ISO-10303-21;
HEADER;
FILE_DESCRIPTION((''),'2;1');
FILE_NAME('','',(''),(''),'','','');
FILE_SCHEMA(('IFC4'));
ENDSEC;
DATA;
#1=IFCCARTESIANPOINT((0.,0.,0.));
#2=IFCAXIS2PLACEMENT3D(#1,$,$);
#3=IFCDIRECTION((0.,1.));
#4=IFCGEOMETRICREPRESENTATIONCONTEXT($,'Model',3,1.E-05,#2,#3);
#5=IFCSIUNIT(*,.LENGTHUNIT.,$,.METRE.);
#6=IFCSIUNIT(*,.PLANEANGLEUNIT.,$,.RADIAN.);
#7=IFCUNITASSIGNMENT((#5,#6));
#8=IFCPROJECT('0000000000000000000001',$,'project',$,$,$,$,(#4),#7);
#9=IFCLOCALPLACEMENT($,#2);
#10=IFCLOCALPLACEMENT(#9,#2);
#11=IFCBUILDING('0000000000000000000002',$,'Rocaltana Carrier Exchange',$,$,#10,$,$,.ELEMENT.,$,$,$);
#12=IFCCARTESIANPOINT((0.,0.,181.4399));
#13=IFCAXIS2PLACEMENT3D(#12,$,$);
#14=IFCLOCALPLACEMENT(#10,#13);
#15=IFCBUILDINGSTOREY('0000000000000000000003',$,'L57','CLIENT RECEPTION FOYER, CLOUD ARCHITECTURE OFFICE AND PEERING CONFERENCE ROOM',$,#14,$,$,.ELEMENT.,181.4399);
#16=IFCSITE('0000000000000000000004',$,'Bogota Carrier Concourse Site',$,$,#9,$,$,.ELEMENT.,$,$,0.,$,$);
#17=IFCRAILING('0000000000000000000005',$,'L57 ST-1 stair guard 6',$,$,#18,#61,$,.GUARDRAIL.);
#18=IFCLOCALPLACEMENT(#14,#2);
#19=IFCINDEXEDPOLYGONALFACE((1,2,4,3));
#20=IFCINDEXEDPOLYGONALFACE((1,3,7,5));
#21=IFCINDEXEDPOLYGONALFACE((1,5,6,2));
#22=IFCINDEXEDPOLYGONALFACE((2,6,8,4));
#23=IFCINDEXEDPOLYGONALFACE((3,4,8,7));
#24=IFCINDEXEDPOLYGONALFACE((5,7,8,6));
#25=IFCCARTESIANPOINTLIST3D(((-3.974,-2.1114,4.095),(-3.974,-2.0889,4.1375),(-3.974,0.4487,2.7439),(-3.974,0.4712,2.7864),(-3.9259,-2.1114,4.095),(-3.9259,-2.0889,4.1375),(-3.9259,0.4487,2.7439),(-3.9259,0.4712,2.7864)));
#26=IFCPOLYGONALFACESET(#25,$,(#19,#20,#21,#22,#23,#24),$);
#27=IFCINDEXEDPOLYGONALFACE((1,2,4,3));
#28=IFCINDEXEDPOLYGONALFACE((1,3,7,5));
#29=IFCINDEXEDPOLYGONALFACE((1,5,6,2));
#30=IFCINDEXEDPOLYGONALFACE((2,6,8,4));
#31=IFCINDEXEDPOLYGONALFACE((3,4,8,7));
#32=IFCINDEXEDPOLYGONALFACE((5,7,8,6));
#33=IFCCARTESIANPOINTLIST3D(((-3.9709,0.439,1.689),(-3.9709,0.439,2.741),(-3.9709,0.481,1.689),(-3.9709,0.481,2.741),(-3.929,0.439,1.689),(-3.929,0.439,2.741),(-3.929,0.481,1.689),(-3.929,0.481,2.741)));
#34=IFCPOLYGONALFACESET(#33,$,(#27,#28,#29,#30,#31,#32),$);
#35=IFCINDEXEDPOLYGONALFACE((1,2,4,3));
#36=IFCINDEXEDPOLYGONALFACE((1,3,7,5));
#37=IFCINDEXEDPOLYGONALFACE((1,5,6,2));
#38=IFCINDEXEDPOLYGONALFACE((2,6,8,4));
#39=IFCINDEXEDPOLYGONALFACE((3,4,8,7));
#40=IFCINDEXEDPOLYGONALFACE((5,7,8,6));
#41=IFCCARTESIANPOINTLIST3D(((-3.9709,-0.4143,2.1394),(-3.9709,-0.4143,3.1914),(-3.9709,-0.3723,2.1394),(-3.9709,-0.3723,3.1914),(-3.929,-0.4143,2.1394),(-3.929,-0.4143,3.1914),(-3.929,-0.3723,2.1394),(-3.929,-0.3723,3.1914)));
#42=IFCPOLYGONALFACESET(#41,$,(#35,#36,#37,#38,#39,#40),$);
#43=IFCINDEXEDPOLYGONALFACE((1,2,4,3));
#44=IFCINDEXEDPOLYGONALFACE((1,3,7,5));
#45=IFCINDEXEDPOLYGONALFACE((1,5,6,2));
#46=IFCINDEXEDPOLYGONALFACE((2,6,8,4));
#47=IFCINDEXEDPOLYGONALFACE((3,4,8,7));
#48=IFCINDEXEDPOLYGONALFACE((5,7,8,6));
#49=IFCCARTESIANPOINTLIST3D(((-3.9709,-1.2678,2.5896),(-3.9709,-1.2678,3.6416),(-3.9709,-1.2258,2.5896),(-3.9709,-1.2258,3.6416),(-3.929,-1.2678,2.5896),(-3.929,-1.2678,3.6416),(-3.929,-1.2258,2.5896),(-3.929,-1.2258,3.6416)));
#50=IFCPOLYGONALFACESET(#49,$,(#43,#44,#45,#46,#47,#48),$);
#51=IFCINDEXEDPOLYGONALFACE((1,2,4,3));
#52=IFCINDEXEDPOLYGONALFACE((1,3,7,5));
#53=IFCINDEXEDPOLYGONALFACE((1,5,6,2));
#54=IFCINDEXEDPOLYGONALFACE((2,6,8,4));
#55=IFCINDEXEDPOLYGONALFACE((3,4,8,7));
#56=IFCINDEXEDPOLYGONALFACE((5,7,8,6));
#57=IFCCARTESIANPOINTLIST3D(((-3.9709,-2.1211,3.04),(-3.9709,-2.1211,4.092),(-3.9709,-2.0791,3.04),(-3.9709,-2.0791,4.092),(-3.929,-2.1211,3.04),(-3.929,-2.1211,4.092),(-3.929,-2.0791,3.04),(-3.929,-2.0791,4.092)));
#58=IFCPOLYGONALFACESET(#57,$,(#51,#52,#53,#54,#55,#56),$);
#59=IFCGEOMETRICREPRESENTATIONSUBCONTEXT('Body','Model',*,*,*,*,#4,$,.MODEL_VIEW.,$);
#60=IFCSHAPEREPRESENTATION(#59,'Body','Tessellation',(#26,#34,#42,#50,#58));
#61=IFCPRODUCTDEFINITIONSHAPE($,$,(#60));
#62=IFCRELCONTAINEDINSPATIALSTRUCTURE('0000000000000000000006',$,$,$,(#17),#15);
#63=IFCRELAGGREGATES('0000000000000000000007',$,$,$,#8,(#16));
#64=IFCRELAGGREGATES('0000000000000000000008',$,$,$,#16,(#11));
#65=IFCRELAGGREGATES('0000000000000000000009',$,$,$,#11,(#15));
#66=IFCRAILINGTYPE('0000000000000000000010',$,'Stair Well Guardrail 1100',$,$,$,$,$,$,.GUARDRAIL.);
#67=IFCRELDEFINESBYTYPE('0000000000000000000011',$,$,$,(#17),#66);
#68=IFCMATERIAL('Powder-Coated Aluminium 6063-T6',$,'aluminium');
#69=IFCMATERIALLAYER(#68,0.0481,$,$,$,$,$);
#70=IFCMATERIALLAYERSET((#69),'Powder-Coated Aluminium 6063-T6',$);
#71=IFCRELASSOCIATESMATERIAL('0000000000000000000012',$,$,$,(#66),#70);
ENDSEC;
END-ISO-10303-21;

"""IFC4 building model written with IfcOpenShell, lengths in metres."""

from ifc_helpers import new_model, si_unit, direction, frame, origin, origin_2d, place, context, subcontext, project, spatial, rectangle, extrude, material, layer, layer_set, type_object, element, save


model = new_model("IFC4")

# Units and contexts
model_context = context("Model", 3, precision=1e-05, world=origin(), true_north=direction((0.0, 1.0)))
body_context = subcontext(model_context, "Body", "Model", "MODEL_VIEW")
ifc_project = project(units=[si_unit("LENGTHUNIT", "METRE"), si_unit("PLANEANGLEUNIT", "RADIAN")], contexts=[model_context])

# Site, building, storey
site_placement = place(None, origin())
site = spatial("IfcSite", under=ifc_project, at=site_placement, Name="Bogota Carrier Concourse Site", CompositionType="ELEMENT", RefElevation=0.0)
building_placement = place(site_placement, origin())
building = spatial("IfcBuilding", under=site, at=building_placement, Name="Rocaltana Carrier Exchange", CompositionType="ELEMENT")
storey_placement = place(building_placement, frame((0.0, 0.0, 181.4399)))
storey = spatial("IfcBuildingStorey", under=building, at=storey_placement, Name="L57", Description="CLIENT RECEPTION FOYER, CLOUD ARCHITECTURE OFFICE AND PEERING CONFERENCE ROOM", CompositionType="ELEMENT", Elevation=181.4399)

# Railing
ifc_material_1 = material(Name="Powder-Coated Aluminium 6063-T6", Category="aluminium")
ifc_layer_1 = layer(ifc_material_1, 0.0481)
ifc_layer_set_1 = layer_set([ifc_layer_1], Name="Powder-Coated Aluminium 6063-T6")
railing_type_1 = type_object("IfcRailingType", Name="Stair Well Guardrail 1100", PredefinedType="GUARDRAIL", material=ifc_layer_set_1)
railing_1_placement = place(storey_placement, frame((-3.95, 0.46, 1.689)))
element("IfcRailing", 1, at=railing_1_placement, inside=storey, type_object=railing_type_1, Name="L57 ST-1 stair guard 6", PredefinedType="GUARDRAIL", context=body_context, shape_type="SweptSolid", body=[
    extrude(rectangle(XDim=0.0481, YDim=0.0481, at=origin_2d()), frame((0.0, 0.0, 1.0762), z_axis=(0.0, -0.884394, 0.46674), x_axis=(1.0, 0.0, 0.0)), (0.0, 0.0, 1.0), 2.8948),
    extrude(rectangle(XDim=0.042, YDim=0.042, at=origin_2d()), origin(), (0.0, 0.0, 1.0), 1.052),
    extrude(rectangle(XDim=0.042, YDim=0.042, at=origin_2d()), frame((0.0, -0.8533, 0.4504)), (0.0, 0.0, 1.0), 1.052),
    extrude(rectangle(XDim=0.042, YDim=0.042, at=origin_2d()), frame((0.0, -1.7068, 0.9006)), (0.0, 0.0, 1.0), 1.052),
    extrude(rectangle(XDim=0.042, YDim=0.042, at=origin_2d()), frame((0.0, -2.5601, 1.3511)), (0.0, 0.0, 1.0), 1.052),
])

save(model, "model.ifc")
